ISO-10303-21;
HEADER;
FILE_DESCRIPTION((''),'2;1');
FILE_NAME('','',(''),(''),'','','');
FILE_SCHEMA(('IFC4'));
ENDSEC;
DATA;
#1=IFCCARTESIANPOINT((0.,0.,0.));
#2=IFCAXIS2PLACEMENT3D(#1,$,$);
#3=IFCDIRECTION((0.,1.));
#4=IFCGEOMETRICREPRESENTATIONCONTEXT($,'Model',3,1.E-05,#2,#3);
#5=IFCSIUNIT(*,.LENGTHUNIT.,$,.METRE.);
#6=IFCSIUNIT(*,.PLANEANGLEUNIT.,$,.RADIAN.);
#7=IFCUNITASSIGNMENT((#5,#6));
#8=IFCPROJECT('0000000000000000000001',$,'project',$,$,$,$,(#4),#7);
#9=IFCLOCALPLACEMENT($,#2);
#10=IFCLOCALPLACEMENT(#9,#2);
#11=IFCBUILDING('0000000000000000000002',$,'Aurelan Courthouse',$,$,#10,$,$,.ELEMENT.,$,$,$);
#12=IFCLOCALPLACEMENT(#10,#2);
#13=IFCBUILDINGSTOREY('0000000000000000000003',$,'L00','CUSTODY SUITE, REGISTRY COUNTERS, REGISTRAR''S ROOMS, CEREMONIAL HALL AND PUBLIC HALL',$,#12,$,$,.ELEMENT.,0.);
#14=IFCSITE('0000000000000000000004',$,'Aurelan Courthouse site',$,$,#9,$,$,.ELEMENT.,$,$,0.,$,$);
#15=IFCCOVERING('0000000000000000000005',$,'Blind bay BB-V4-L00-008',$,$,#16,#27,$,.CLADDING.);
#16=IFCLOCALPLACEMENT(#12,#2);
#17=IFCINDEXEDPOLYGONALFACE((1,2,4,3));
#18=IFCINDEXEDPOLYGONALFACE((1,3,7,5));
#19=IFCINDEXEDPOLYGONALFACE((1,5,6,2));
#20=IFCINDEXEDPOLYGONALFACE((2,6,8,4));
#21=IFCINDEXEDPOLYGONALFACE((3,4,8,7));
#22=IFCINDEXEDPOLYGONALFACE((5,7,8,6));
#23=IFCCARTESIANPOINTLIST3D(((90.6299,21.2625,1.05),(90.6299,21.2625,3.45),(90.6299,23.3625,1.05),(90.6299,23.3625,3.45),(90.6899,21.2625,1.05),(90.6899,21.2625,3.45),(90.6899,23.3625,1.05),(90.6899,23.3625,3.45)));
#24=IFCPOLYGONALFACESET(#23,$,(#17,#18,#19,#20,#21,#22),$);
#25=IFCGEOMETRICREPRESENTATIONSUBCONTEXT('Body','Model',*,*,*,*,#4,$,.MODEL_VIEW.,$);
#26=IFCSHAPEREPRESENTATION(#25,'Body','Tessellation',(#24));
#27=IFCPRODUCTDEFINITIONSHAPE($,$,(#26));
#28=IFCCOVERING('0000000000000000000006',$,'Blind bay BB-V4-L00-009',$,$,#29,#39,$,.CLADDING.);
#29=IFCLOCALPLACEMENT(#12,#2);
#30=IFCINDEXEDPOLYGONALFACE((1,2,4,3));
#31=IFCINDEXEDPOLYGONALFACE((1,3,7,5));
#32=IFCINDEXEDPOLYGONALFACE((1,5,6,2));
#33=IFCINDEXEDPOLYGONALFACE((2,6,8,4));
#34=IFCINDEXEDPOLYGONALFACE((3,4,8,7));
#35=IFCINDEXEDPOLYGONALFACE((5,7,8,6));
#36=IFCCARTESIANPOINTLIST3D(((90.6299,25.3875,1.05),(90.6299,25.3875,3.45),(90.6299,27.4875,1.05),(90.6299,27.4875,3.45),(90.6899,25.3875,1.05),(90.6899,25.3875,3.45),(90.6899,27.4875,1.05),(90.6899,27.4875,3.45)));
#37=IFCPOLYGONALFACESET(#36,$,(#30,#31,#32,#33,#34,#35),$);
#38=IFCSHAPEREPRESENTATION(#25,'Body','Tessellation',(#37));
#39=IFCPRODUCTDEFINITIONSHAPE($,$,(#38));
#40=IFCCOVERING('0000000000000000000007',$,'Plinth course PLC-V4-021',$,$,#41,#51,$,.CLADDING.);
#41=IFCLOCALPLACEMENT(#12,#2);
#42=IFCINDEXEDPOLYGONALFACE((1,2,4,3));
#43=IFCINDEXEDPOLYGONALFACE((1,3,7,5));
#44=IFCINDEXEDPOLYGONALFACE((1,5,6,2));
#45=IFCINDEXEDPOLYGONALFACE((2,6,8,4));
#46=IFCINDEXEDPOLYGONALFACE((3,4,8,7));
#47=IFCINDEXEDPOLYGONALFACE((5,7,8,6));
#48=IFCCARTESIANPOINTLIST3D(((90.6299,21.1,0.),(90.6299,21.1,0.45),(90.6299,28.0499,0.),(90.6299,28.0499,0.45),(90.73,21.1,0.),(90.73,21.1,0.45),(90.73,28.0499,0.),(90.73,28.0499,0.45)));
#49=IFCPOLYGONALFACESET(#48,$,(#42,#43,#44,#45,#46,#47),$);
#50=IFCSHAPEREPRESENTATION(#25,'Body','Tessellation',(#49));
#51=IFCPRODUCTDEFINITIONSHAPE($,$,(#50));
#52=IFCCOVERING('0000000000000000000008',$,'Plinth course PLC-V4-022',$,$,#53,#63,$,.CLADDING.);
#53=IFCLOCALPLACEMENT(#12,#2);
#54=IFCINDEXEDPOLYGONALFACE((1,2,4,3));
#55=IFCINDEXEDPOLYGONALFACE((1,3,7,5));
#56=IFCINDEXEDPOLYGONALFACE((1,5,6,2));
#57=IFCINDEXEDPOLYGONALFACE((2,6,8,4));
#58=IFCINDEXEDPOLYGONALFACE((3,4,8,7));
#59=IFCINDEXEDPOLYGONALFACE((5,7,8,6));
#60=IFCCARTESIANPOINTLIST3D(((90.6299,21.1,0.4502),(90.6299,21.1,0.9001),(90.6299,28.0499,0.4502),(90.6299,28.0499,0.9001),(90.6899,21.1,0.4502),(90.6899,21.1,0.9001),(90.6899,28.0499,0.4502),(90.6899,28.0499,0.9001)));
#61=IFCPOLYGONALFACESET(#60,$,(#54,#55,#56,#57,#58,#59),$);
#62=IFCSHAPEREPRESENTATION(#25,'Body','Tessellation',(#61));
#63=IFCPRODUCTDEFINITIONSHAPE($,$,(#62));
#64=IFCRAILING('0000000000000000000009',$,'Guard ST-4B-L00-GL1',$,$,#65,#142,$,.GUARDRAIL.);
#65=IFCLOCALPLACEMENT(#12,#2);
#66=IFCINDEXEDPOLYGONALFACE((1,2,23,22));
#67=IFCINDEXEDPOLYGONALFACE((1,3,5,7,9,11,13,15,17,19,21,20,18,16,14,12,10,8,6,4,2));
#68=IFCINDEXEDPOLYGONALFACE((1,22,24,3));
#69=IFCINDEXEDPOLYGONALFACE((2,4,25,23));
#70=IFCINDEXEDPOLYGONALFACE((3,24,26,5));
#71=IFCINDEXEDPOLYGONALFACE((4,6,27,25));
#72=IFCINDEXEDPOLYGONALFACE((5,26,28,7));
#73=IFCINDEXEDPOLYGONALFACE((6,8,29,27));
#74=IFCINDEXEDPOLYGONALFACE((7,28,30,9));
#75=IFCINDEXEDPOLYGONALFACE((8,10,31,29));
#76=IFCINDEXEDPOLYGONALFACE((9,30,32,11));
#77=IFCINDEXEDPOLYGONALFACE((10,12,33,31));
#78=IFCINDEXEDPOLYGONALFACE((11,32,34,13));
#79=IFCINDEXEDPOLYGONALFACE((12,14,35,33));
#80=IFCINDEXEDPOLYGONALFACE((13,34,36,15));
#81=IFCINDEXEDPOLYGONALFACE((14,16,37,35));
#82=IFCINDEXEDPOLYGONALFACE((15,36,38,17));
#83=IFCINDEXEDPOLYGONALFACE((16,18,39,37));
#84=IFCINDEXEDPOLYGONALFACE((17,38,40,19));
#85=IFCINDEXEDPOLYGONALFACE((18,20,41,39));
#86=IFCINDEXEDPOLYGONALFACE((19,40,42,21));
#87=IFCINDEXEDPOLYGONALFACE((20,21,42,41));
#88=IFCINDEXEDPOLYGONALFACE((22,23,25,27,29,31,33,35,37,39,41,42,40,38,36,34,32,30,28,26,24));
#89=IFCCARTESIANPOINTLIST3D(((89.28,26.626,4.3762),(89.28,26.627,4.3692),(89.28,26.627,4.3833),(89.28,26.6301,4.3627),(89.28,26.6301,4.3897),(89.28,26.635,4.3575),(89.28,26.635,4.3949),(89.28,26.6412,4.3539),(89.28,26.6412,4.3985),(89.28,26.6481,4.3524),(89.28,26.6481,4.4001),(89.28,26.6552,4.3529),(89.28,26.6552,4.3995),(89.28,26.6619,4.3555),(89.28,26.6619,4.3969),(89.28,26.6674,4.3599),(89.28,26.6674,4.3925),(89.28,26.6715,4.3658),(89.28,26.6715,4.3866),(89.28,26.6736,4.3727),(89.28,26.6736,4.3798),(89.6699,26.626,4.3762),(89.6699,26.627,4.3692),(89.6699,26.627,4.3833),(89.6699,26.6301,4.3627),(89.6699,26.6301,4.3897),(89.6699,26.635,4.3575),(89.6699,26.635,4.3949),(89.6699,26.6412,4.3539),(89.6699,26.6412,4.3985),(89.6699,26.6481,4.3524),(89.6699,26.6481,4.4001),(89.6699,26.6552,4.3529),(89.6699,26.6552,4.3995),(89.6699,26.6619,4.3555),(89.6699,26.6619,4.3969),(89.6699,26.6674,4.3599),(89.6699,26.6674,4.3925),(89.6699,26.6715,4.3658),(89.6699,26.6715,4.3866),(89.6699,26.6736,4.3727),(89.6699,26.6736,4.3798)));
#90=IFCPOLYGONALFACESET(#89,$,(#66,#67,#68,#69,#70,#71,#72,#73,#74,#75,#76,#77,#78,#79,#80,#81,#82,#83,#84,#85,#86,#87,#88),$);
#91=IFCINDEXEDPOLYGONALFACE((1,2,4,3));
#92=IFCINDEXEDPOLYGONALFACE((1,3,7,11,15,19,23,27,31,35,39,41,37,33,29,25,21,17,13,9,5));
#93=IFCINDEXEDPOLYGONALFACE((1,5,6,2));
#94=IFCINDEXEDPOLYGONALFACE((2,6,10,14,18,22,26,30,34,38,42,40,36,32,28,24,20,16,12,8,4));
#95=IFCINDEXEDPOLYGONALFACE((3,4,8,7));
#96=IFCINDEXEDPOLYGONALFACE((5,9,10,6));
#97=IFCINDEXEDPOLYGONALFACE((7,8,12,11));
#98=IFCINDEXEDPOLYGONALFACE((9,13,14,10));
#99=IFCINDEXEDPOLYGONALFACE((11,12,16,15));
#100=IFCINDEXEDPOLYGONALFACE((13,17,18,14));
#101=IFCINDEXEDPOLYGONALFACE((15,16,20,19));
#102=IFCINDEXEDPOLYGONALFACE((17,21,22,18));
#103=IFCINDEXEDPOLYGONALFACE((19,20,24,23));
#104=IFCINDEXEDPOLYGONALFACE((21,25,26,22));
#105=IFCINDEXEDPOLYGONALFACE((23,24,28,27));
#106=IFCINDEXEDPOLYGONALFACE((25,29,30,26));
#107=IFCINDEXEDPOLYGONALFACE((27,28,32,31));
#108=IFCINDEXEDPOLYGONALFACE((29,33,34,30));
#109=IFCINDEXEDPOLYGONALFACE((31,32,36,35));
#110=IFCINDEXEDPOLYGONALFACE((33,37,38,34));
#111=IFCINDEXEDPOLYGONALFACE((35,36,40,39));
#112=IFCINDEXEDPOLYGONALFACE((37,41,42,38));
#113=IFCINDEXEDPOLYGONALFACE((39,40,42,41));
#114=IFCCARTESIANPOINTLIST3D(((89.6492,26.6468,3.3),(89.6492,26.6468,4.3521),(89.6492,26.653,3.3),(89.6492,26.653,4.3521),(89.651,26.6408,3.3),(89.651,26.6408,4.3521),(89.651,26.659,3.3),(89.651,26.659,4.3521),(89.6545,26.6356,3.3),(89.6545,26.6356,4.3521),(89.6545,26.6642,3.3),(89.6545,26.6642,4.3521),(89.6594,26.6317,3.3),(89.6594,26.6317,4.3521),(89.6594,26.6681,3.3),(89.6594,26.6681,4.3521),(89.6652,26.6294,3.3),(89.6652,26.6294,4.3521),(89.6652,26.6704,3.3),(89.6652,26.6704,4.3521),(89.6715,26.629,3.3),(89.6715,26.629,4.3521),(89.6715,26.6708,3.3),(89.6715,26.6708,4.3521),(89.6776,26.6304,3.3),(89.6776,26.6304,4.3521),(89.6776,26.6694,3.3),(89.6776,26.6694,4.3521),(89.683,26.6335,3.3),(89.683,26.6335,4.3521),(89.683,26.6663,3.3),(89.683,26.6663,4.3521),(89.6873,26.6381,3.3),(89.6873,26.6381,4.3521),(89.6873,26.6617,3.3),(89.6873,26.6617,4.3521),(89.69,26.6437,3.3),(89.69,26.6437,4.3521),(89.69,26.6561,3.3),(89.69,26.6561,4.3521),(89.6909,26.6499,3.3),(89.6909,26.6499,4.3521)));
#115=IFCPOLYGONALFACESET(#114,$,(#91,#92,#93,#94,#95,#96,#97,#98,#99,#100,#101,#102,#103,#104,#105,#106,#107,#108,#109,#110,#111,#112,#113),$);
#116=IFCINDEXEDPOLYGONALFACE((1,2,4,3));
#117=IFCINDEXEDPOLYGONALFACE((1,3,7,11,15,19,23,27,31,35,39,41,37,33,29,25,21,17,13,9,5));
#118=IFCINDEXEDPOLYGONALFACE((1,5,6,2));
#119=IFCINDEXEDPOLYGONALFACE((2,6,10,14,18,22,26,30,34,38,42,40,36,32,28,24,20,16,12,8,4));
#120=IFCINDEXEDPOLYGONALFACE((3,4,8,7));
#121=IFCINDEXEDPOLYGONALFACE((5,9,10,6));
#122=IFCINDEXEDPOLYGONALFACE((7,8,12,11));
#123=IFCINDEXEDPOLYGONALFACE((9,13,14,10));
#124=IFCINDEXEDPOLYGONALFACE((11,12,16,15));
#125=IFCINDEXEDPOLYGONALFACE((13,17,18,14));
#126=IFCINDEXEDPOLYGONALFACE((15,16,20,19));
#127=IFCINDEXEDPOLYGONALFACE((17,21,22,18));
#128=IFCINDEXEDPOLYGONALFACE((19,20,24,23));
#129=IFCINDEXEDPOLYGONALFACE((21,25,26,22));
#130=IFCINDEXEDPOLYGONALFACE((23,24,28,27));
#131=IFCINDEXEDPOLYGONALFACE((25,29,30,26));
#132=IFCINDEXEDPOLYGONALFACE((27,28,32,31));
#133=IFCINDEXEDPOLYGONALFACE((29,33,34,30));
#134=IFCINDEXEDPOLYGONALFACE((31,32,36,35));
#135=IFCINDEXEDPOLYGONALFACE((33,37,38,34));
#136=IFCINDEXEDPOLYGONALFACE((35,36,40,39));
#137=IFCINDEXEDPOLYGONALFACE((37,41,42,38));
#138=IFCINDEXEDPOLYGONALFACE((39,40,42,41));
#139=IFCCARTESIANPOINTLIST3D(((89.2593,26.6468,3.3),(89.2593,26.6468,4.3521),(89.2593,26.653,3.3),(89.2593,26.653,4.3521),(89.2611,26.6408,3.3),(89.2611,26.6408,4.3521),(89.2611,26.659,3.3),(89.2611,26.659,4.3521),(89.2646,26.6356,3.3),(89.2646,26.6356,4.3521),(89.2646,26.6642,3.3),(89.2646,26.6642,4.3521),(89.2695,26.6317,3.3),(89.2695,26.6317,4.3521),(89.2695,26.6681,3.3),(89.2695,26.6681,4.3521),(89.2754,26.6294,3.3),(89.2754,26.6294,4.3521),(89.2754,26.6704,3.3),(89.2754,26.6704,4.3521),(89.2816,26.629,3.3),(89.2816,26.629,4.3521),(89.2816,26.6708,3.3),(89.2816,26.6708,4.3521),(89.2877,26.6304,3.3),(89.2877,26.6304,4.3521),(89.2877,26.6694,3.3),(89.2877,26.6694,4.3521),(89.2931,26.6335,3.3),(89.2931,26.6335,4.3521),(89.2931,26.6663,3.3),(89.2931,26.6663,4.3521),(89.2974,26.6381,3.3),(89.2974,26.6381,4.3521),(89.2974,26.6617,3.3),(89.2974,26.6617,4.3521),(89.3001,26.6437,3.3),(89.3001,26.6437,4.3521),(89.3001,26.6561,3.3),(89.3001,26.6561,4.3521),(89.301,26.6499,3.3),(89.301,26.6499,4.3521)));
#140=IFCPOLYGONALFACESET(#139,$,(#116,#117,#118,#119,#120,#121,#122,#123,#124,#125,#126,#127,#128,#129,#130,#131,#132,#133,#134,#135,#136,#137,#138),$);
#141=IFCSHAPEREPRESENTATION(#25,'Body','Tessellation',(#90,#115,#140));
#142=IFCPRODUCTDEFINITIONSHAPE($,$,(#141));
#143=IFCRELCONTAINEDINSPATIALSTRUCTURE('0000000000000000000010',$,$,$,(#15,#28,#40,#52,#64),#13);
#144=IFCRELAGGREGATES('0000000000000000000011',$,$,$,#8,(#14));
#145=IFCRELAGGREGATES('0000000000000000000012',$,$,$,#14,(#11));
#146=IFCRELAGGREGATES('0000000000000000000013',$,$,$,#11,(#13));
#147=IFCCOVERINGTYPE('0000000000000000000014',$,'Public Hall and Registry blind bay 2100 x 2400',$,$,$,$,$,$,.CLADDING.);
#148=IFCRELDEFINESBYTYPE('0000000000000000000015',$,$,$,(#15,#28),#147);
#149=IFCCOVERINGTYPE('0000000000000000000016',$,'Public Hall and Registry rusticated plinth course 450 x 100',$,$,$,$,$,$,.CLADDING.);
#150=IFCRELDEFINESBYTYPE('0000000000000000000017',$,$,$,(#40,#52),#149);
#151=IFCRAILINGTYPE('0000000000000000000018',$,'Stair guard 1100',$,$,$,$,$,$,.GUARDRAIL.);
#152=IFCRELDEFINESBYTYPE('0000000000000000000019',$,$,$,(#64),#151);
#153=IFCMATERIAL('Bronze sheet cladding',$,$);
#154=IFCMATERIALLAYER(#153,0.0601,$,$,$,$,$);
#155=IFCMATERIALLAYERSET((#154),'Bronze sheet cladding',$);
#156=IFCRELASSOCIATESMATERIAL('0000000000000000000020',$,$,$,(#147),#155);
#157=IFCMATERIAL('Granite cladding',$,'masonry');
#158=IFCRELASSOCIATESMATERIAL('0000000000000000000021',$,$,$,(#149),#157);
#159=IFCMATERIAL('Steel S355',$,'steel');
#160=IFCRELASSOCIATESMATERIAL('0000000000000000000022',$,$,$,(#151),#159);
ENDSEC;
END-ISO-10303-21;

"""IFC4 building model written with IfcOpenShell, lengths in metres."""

from ifc_helpers import new_model, si_unit, direction, frame, origin, origin_2d, place, context, subcontext, project, spatial, rectangle, circle, extrude, material, layer, layer_set, type_object, element, save


model = new_model("IFC4")

# Units and contexts
model_context = context("Model", 3, precision=1e-05, world=origin(), true_north=direction((0.0, 1.0)))
body_context = subcontext(model_context, "Body", "Model", "MODEL_VIEW")
ifc_project = project(units=[si_unit("LENGTHUNIT", "METRE"), si_unit("PLANEANGLEUNIT", "RADIAN")], contexts=[model_context])

# Site, building, storey
site_placement = place(None, origin())
site = spatial("IfcSite", under=ifc_project, at=site_placement, Name="Aurelan Courthouse site", CompositionType="ELEMENT", RefElevation=0.0)
building_placement = place(site_placement, origin())
building = spatial("IfcBuilding", under=site, at=building_placement, Name="Aurelan Courthouse", CompositionType="ELEMENT")
storey_placement = place(building_placement, origin())
storey = spatial("IfcBuildingStorey", under=building, at=storey_placement, Name="L00", Description="CUSTODY SUITE, REGISTRY COUNTERS, REGISTRAR'S ROOMS, CEREMONIAL HALL AND PUBLIC HALL", CompositionType="ELEMENT", Elevation=0.0)

# Coverings
ifc_material_1 = material(Name="Bronze sheet cladding")
ifc_layer_1 = layer(ifc_material_1, 0.0601)
ifc_layer_set_1 = layer_set([ifc_layer_1], Name="Bronze sheet cladding")
covering_type_1 = type_object("IfcCoveringType", Name="Public Hall and Registry blind bay 2100 x 2400", PredefinedType="CLADDING", material=ifc_layer_set_1)
for number, where, z_axis, x_axis, name in (
    (1, (90.6599, 22.3125, 1.05), (0.0, 0.0, 1.0), (1.0, 0.0, 0.0), "Blind bay BB-V4-L00-008"),
    (2, (90.6599, 26.4375, 1.05), (0.0, 0.0, 1.0), (1.0, 0.0, 0.0), "Blind bay BB-V4-L00-009"),
):
    element("IfcCovering", number, at=place(storey_placement, frame(where, z_axis=z_axis, x_axis=x_axis)), inside=storey, type_object=covering_type_1, Name=name, PredefinedType="CLADDING", context=body_context, shape_type="SweptSolid", body=[
        extrude(rectangle(XDim=0.0601, YDim=2.1001, at=origin_2d()), origin(), (0.0, 0.0, 1.0), 2.3999),
    ])
ifc_material_2 = material(Name="Granite cladding", Category="masonry")
covering_type_2 = type_object("IfcCoveringType", Name="Public Hall and Registry rusticated plinth course 450 x 100", PredefinedType="CLADDING", material=ifc_material_2)
covering_1_placement = place(storey_placement, frame((90.6799, 24.575, 0.0), z_axis=(0.0, 0.0, 1.0), x_axis=(1.0, 0.0, 0.0)))
element("IfcCovering", 3, at=covering_1_placement, inside=storey, type_object=covering_type_2, Name="Plinth course PLC-V4-021", PredefinedType="CLADDING", context=body_context, shape_type="SweptSolid", body=[
    extrude(rectangle(XDim=0.1001, YDim=6.95, at=origin_2d()), origin(), (0.0, 0.0, 1.0), 0.45),
])
covering_2_placement = place(storey_placement, frame((90.6599, 24.575, 0.4502), z_axis=(0.0, 0.0, 1.0), x_axis=(1.0, 0.0, 0.0)))
element("IfcCovering", 4, at=covering_2_placement, inside=storey, type_object=covering_type_2, Name="Plinth course PLC-V4-022", PredefinedType="CLADDING", context=body_context, shape_type="SweptSolid", body=[
    extrude(rectangle(XDim=0.0601, YDim=6.95, at=origin_2d()), origin(), (0.0, 0.0, 1.0), 0.45),
])

# Railing
ifc_material_3 = material(Name="Steel S355", Category="steel")
railing_type_1 = type_object("IfcRailingType", Name="Stair guard 1100", PredefinedType="GUARDRAIL", material=ifc_material_3)
railing_placement = place(storey_placement, frame((89.6699, 26.6499, 3.3)))
element("IfcRailing", 5, at=railing_placement, inside=storey, type_object=railing_type_1, Name="Guard ST-4B-L00-GL1", PredefinedType="GUARDRAIL", context=body_context, shape_type="SweptSolid", body=[
    extrude(circle(Radius=0.0239, at=origin_2d()), frame((0.0, 0.0, 1.0762), z_axis=(-1.0, 0.0, 0.0), x_axis=(0.0, -1.0, 0.0)), (0.0, 0.0, 1.0), 0.3899),
    extrude(circle(Radius=0.021, at=origin_2d()), origin(), (0.0, 0.0, 1.0), 1.052),
    extrude(circle(Radius=0.021, at=origin_2d()), frame((-0.3899, 0.0, 0.0)), (0.0, 0.0, 1.0), 1.052),
])

save(model, "model.ifc")
